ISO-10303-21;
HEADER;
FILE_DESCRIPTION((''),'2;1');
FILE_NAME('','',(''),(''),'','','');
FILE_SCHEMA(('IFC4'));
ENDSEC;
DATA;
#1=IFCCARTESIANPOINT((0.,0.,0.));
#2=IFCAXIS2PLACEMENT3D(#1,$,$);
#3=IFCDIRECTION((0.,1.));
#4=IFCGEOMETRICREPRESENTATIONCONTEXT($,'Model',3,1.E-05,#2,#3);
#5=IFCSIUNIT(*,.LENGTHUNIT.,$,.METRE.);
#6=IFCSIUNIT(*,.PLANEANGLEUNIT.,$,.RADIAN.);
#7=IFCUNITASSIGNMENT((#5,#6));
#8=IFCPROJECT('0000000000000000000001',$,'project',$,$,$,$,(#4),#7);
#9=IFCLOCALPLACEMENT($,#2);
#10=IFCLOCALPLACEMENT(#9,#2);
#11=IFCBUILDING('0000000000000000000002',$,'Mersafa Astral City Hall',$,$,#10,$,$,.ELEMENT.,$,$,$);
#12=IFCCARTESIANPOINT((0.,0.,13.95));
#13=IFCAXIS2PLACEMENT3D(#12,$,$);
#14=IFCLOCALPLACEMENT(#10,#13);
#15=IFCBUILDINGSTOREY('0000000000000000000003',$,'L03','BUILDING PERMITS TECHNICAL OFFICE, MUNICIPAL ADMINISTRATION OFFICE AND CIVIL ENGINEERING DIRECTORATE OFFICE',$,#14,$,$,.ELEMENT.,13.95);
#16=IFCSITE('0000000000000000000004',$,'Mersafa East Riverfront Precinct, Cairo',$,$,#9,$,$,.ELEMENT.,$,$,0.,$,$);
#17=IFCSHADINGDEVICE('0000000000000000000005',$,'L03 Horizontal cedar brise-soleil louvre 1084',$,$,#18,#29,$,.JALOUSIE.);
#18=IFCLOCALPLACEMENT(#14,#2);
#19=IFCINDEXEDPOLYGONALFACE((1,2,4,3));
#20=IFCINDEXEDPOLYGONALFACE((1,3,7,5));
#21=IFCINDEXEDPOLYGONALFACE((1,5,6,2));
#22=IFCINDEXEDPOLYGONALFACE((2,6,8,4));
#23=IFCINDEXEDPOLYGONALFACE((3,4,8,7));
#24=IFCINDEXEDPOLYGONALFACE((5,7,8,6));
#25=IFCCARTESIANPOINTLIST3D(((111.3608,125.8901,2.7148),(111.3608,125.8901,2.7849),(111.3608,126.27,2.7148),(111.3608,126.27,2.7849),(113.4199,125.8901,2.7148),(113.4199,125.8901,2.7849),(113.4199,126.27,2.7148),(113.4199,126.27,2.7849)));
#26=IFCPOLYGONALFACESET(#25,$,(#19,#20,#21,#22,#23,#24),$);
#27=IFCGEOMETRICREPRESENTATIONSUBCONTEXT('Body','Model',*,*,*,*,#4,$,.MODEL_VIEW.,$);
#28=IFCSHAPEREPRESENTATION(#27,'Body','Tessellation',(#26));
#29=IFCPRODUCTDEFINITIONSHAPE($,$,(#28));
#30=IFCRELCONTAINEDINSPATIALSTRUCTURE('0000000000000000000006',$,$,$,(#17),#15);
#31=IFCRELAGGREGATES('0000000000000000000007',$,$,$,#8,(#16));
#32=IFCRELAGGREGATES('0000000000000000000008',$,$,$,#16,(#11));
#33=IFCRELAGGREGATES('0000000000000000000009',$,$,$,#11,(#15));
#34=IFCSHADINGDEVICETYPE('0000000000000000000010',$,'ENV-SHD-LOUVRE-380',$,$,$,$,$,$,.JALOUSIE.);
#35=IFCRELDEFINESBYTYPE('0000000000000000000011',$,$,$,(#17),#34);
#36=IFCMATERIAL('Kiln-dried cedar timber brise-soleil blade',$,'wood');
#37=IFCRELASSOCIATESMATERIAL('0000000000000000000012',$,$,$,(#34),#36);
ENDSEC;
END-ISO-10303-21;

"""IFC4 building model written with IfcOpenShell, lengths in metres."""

from ifc_helpers import new_model, si_unit, direction, frame, origin, origin_2d, place, context, subcontext, project, spatial, rectangle, extrude, material, type_object, element, save


model = new_model("IFC4")

# Units and contexts
model_context = context("Model", 3, precision=1e-05, world=origin(), true_north=direction((0.0, 1.0)))
body_context = subcontext(model_context, "Body", "Model", "MODEL_VIEW")
ifc_project = project(units=[si_unit("LENGTHUNIT", "METRE"), si_unit("PLANEANGLEUNIT", "RADIAN")], contexts=[model_context])

# Site, building, storey
site_placement = place(None, origin())
site = spatial("IfcSite", under=ifc_project, at=site_placement, Name="Mersafa East Riverfront Precinct, Cairo", CompositionType="ELEMENT", RefElevation=0.0)
building_placement = place(site_placement, origin())
building = spatial("IfcBuilding", under=site, at=building_placement, Name="Mersafa Astral City Hall", CompositionType="ELEMENT")
storey_placement = place(building_placement, frame((0.0, 0.0, 13.95)))
storey = spatial("IfcBuildingStorey", under=building, at=storey_placement, Name="L03", Description="BUILDING PERMITS TECHNICAL OFFICE, MUNICIPAL ADMINISTRATION OFFICE AND CIVIL ENGINEERING DIRECTORATE OFFICE", CompositionType="ELEMENT", Elevation=13.95)

# Shading device
ifc_material_1 = material(Name="Kiln-dried cedar timber brise-soleil blade", Category="wood")
shading_device_type = type_object("IfcShadingDeviceType", Name="ENV-SHD-LOUVRE-380", PredefinedType="JALOUSIE", material=ifc_material_1)
for number, where, z_axis, x_axis, name in (
    (1, (112.3904, 126.0801, 2.7148), (0.0, 0.0, 1.0), (-1.0, 0.0, 0.0), "L03 Horizontal cedar brise-soleil louvre 1084"),
):
    element("IfcShadingDevice", number, at=place(storey_placement, frame(where, z_axis=z_axis, x_axis=x_axis)), inside=storey, type_object=shading_device_type, Name=name, PredefinedType="JALOUSIE", context=body_context, shape_type="SweptSolid", body=[
        extrude(rectangle(XDim=2.0591, YDim=0.3799, at=origin_2d()), origin(), (0.0, 0.0, 1.0), 0.0701),
    ])

save(model, "model.ifc")
